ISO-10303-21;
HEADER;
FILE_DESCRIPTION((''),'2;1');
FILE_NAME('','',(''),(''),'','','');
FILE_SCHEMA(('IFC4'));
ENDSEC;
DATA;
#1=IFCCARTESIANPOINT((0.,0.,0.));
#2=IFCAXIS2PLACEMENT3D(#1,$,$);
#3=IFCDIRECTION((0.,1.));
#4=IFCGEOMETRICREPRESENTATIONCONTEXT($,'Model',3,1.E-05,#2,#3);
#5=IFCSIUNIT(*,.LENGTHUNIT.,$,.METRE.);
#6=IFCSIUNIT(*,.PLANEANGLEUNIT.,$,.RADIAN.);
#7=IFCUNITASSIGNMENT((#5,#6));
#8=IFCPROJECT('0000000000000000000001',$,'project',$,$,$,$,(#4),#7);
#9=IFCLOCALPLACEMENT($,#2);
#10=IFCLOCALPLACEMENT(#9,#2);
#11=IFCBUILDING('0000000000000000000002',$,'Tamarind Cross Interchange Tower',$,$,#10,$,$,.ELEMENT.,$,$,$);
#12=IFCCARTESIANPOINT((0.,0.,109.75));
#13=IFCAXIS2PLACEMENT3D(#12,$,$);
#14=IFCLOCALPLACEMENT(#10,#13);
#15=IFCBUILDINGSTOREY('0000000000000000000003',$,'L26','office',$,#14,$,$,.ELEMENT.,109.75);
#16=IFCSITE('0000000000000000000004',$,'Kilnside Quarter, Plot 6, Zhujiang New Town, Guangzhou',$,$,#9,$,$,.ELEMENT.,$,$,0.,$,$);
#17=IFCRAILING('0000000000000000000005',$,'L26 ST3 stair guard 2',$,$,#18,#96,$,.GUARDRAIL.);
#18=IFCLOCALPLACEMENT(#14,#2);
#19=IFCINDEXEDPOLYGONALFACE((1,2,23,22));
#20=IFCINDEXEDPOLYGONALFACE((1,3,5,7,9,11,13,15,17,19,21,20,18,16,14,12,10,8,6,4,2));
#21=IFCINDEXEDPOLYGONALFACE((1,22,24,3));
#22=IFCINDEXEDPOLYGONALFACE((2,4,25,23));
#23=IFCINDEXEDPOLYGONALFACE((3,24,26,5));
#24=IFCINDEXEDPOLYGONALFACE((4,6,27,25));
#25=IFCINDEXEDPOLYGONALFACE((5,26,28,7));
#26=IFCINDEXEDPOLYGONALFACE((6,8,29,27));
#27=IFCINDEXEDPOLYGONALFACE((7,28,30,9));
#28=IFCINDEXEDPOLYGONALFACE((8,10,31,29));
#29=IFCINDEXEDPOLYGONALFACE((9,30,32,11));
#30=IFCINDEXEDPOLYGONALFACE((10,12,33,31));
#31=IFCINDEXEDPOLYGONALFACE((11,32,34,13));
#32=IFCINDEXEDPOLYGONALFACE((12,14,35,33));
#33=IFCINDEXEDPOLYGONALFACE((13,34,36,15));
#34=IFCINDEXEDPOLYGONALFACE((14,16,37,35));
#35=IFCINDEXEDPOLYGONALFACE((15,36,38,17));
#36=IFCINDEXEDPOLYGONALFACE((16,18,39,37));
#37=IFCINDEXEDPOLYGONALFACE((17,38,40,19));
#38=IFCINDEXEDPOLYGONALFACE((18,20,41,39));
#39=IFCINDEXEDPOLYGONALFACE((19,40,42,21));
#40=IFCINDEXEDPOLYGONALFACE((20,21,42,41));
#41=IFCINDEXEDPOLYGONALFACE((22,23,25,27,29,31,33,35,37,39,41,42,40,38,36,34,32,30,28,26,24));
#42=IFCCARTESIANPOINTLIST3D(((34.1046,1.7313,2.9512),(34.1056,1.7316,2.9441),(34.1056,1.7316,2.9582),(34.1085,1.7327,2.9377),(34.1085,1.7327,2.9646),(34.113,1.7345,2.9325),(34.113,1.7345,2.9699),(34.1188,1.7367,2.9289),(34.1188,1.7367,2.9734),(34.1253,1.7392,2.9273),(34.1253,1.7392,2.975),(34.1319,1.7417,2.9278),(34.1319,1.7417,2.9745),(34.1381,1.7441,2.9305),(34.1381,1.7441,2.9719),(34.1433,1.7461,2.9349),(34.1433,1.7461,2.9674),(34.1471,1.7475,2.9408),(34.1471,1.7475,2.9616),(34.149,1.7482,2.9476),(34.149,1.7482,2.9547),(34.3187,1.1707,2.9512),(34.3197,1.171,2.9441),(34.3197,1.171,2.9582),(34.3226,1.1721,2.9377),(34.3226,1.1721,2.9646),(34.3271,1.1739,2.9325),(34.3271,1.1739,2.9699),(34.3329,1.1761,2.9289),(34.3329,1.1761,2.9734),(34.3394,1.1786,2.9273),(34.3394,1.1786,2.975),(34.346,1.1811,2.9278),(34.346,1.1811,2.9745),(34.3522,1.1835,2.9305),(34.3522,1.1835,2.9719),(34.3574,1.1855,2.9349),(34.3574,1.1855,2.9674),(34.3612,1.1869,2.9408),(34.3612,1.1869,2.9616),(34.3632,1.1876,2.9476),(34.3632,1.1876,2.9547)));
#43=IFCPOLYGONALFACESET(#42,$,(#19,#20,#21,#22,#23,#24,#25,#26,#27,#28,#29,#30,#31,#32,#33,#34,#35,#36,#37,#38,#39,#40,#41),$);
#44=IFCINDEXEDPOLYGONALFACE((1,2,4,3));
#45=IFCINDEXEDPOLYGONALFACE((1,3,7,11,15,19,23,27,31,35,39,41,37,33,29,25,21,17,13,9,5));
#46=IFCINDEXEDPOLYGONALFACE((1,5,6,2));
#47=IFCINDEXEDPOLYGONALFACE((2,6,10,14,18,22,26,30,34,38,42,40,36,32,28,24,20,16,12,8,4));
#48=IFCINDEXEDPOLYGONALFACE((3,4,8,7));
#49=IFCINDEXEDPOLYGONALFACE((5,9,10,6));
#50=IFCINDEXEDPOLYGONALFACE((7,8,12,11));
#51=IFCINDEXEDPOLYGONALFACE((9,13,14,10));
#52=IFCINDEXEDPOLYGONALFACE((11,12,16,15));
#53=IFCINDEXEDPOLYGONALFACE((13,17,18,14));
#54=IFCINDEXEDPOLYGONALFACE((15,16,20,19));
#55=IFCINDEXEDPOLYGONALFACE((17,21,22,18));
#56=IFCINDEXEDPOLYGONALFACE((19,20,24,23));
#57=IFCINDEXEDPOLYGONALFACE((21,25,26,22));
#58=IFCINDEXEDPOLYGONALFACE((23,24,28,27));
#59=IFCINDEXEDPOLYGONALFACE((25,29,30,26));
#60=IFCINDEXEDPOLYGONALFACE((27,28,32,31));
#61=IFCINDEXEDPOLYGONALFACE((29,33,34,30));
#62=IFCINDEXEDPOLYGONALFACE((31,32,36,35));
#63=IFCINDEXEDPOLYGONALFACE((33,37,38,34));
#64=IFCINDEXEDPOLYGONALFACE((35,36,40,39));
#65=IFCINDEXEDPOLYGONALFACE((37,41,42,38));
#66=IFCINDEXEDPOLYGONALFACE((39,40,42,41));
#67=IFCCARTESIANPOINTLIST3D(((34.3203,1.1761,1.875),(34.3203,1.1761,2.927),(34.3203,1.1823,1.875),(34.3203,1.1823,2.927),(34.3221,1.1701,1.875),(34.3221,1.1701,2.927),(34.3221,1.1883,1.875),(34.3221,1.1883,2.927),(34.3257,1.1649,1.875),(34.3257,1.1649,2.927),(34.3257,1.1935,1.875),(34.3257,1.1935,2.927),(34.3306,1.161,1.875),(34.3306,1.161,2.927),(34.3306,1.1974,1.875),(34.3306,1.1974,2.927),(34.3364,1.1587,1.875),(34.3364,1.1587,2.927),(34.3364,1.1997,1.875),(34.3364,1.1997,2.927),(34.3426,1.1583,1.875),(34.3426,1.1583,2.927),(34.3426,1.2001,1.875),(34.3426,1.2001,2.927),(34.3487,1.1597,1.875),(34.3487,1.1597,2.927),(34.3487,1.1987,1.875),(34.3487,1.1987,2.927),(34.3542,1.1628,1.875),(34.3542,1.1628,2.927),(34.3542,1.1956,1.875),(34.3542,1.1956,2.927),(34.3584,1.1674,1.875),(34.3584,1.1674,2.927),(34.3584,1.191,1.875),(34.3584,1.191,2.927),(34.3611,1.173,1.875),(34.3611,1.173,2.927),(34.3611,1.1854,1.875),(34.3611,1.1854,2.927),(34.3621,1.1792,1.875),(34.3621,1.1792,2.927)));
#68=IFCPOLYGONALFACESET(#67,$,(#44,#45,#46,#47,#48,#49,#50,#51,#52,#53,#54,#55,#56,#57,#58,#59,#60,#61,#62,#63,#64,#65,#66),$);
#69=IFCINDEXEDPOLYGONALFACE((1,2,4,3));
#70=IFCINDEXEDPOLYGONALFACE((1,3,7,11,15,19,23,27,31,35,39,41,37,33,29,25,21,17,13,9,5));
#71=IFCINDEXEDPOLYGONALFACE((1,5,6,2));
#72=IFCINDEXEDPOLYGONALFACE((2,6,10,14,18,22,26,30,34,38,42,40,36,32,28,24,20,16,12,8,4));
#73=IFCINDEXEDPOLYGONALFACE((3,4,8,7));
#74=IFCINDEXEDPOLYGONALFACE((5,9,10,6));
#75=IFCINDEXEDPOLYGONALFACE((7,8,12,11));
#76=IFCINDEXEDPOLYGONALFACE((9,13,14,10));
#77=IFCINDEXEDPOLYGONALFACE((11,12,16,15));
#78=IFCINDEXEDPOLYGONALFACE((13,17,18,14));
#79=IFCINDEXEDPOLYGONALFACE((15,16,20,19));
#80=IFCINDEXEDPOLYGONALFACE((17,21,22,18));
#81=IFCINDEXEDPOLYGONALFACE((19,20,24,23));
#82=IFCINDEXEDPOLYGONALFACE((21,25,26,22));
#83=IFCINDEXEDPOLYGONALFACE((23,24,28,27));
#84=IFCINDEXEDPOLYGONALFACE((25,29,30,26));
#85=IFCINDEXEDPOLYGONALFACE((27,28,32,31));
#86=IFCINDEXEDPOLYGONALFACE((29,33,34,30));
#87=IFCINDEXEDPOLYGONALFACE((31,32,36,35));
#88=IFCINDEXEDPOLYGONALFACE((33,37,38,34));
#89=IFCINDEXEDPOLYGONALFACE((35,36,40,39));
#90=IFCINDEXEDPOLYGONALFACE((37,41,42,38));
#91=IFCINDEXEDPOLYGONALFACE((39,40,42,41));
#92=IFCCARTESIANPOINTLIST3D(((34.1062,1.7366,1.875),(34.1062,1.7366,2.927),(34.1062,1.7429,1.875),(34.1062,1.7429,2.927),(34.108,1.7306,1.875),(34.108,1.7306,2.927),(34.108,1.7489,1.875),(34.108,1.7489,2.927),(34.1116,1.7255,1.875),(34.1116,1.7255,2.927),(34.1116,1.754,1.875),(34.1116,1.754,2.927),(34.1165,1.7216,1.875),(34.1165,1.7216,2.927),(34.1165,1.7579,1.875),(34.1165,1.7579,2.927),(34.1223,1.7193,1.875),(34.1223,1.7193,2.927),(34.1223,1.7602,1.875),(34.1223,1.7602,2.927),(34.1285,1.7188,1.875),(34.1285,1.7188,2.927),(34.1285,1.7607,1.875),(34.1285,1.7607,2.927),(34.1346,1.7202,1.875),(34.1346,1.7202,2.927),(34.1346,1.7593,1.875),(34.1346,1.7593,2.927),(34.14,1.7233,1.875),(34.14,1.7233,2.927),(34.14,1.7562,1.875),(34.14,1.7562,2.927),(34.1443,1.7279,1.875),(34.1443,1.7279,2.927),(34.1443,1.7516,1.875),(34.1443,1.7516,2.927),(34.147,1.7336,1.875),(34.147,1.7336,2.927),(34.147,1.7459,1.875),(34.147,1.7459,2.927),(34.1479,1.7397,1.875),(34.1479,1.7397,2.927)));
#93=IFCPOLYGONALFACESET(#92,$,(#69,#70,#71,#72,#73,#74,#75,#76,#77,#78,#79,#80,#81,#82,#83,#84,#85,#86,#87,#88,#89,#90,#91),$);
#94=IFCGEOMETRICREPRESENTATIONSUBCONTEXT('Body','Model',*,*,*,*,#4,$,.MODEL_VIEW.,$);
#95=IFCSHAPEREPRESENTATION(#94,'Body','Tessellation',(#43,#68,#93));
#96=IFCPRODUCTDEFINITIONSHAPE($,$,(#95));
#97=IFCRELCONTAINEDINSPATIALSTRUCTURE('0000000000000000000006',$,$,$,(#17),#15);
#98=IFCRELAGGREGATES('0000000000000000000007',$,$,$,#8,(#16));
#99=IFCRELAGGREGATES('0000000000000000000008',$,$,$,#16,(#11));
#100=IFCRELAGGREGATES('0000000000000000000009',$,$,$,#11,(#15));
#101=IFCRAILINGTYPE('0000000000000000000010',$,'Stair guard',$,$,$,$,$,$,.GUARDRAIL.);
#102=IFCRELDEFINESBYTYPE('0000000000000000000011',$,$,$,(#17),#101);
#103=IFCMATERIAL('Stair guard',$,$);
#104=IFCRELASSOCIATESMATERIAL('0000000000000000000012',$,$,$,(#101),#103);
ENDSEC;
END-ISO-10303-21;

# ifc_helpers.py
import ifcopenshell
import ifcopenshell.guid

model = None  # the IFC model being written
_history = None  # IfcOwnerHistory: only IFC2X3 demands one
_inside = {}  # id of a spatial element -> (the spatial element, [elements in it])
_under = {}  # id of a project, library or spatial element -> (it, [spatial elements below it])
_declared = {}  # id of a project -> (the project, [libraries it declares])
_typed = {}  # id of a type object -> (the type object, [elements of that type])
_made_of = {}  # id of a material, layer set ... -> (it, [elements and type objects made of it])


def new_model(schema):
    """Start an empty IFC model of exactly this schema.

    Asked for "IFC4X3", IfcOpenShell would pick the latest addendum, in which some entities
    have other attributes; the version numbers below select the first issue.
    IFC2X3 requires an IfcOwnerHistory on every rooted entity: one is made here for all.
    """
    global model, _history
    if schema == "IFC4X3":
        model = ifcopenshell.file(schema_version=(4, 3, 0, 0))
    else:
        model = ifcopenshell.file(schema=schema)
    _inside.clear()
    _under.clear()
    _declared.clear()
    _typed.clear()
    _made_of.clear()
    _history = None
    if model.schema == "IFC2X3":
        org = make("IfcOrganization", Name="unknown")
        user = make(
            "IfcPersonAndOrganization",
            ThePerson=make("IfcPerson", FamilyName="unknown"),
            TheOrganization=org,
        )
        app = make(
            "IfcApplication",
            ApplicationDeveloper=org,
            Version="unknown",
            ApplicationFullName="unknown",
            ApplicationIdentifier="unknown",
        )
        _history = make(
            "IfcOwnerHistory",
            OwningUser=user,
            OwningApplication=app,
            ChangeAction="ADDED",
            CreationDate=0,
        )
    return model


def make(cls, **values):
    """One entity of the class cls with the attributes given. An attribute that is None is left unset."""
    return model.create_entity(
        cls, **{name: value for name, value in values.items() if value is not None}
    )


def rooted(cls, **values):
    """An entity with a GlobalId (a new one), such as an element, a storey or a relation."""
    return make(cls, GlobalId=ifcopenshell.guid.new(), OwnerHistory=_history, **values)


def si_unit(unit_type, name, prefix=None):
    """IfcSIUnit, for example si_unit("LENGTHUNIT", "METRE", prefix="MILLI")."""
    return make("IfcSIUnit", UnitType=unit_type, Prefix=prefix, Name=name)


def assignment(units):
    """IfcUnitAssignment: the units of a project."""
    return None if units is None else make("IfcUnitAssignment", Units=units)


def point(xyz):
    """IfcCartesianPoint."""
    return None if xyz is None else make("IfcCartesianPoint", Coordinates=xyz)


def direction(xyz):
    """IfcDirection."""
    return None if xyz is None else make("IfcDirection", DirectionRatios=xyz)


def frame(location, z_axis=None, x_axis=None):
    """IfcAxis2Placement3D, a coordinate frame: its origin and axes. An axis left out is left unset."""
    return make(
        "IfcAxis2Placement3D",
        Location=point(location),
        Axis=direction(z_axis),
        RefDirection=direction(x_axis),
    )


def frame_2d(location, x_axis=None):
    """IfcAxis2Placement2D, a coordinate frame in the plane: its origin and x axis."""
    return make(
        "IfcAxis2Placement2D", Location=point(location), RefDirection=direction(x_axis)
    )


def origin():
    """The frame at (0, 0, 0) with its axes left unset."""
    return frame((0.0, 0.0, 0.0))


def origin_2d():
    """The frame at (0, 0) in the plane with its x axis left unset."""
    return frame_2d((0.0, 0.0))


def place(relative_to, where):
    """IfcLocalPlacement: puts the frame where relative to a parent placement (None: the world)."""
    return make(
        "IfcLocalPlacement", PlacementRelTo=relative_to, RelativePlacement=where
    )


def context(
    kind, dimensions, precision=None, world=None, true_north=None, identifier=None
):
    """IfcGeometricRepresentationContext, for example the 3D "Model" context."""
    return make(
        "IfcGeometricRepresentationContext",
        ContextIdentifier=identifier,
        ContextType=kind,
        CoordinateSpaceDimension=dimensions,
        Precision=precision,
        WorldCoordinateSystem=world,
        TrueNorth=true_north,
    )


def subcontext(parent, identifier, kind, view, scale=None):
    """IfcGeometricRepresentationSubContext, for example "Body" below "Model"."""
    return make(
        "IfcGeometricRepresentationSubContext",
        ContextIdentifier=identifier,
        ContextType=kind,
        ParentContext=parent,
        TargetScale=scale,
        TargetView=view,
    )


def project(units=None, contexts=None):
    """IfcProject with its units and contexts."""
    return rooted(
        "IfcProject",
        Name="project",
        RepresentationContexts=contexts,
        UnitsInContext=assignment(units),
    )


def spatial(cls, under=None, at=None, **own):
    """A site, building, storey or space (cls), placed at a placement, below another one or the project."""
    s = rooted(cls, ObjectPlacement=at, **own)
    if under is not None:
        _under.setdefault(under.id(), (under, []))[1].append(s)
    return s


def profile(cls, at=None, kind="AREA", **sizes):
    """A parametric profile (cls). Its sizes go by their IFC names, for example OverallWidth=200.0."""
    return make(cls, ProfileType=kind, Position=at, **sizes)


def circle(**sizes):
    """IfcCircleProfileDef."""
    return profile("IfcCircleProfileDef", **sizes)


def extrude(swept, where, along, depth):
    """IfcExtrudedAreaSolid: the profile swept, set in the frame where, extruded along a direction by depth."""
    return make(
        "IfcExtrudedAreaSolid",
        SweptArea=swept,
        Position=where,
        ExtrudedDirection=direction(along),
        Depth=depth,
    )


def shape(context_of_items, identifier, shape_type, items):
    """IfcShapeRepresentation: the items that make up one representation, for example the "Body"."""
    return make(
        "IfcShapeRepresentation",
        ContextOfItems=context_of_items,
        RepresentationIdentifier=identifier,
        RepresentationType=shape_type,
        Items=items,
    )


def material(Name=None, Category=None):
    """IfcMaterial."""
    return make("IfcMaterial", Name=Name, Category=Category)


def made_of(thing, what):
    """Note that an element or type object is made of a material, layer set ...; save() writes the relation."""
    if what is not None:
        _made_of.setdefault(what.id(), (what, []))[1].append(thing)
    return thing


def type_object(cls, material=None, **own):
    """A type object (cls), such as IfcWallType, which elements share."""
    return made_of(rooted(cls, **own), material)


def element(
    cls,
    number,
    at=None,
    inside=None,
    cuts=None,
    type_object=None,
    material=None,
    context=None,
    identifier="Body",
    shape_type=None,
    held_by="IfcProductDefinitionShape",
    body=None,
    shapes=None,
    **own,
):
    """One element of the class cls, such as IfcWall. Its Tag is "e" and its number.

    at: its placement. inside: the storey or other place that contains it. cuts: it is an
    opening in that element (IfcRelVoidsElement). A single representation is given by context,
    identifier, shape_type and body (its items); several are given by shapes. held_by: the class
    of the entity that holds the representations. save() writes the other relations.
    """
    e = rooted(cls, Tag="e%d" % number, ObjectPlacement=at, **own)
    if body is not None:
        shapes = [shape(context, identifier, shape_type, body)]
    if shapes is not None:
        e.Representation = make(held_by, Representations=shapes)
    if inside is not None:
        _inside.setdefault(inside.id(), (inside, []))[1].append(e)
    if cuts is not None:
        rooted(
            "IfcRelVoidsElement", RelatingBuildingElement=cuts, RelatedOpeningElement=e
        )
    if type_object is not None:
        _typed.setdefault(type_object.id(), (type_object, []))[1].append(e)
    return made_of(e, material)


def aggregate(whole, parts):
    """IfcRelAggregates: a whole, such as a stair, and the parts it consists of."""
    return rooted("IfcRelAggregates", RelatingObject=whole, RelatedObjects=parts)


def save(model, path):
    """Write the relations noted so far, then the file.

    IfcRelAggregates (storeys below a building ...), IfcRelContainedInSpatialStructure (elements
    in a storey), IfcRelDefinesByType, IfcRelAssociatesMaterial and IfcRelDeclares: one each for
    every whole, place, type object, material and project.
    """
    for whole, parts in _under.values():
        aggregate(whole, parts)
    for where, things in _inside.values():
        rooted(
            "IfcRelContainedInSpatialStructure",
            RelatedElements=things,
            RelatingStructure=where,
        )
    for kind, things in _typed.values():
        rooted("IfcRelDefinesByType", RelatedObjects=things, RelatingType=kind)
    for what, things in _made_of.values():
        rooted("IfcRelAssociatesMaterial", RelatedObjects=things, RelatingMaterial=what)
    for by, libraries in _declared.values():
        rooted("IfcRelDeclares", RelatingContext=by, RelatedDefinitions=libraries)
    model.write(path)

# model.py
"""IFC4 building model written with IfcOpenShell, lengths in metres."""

from ifc_helpers import new_model, si_unit, direction, frame, origin, origin_2d, place, context, subcontext, project, spatial, circle, extrude, material, type_object, element, save


model = new_model("IFC4")

# Units and contexts
model_context = context("Model", 3, precision=1e-05, world=origin(), true_north=direction((0.0, 1.0)))
body_context = subcontext(model_context, "Body", "Model", "MODEL_VIEW")
ifc_project = project(units=[si_unit("LENGTHUNIT", "METRE"), si_unit("PLANEANGLEUNIT", "RADIAN")], contexts=[model_context])

# Site, building, storey
site_placement = place(None, origin())
site = spatial("IfcSite", under=ifc_project, at=site_placement, Name="Kilnside Quarter, Plot 6, Zhujiang New Town, Guangzhou", CompositionType="ELEMENT", RefElevation=0.0)
building_placement = place(site_placement, origin())
building = spatial("IfcBuilding", under=site, at=building_placement, Name="Tamarind Cross Interchange Tower", CompositionType="ELEMENT")
storey_placement = place(building_placement, frame((0.0, 0.0, 109.75)))
storey = spatial("IfcBuildingStorey", under=building, at=storey_placement, Name="L26", Description="office", CompositionType="ELEMENT", Elevation=109.75)

# Railing
ifc_material_1 = material(Name="Stair guard")
railing_type_1 = type_object("IfcRailingType", Name="Stair guard", PredefinedType="GUARDRAIL", material=ifc_material_1)
railing_1_placement = place(storey_placement, frame((34.3411, 1.1792, 1.875)))
element("IfcRailing", 1, at=railing_1_placement, inside=storey, type_object=railing_type_1, Name="L26 ST3 stair guard 2", PredefinedType="GUARDRAIL", context=body_context, shape_type="SweptSolid", body=[
    extrude(circle(Radius=0.0239, at=origin_2d()), frame((0.0, 0.0, 1.0762), z_axis=(-0.356824, 0.934172, 0.0), x_axis=(-0.934172, -0.356824, 0.0)), (0.0, 0.0, 1.0), 0.6001),
    extrude(circle(Radius=0.021, at=origin_2d()), origin(), (0.0, 0.0, 1.0), 1.052),
    extrude(circle(Radius=0.021, at=origin_2d()), frame((-0.2141, 0.5605, 0.0)), (0.0, 0.0, 1.0), 1.052),
])

save(model, "model.ifc")
